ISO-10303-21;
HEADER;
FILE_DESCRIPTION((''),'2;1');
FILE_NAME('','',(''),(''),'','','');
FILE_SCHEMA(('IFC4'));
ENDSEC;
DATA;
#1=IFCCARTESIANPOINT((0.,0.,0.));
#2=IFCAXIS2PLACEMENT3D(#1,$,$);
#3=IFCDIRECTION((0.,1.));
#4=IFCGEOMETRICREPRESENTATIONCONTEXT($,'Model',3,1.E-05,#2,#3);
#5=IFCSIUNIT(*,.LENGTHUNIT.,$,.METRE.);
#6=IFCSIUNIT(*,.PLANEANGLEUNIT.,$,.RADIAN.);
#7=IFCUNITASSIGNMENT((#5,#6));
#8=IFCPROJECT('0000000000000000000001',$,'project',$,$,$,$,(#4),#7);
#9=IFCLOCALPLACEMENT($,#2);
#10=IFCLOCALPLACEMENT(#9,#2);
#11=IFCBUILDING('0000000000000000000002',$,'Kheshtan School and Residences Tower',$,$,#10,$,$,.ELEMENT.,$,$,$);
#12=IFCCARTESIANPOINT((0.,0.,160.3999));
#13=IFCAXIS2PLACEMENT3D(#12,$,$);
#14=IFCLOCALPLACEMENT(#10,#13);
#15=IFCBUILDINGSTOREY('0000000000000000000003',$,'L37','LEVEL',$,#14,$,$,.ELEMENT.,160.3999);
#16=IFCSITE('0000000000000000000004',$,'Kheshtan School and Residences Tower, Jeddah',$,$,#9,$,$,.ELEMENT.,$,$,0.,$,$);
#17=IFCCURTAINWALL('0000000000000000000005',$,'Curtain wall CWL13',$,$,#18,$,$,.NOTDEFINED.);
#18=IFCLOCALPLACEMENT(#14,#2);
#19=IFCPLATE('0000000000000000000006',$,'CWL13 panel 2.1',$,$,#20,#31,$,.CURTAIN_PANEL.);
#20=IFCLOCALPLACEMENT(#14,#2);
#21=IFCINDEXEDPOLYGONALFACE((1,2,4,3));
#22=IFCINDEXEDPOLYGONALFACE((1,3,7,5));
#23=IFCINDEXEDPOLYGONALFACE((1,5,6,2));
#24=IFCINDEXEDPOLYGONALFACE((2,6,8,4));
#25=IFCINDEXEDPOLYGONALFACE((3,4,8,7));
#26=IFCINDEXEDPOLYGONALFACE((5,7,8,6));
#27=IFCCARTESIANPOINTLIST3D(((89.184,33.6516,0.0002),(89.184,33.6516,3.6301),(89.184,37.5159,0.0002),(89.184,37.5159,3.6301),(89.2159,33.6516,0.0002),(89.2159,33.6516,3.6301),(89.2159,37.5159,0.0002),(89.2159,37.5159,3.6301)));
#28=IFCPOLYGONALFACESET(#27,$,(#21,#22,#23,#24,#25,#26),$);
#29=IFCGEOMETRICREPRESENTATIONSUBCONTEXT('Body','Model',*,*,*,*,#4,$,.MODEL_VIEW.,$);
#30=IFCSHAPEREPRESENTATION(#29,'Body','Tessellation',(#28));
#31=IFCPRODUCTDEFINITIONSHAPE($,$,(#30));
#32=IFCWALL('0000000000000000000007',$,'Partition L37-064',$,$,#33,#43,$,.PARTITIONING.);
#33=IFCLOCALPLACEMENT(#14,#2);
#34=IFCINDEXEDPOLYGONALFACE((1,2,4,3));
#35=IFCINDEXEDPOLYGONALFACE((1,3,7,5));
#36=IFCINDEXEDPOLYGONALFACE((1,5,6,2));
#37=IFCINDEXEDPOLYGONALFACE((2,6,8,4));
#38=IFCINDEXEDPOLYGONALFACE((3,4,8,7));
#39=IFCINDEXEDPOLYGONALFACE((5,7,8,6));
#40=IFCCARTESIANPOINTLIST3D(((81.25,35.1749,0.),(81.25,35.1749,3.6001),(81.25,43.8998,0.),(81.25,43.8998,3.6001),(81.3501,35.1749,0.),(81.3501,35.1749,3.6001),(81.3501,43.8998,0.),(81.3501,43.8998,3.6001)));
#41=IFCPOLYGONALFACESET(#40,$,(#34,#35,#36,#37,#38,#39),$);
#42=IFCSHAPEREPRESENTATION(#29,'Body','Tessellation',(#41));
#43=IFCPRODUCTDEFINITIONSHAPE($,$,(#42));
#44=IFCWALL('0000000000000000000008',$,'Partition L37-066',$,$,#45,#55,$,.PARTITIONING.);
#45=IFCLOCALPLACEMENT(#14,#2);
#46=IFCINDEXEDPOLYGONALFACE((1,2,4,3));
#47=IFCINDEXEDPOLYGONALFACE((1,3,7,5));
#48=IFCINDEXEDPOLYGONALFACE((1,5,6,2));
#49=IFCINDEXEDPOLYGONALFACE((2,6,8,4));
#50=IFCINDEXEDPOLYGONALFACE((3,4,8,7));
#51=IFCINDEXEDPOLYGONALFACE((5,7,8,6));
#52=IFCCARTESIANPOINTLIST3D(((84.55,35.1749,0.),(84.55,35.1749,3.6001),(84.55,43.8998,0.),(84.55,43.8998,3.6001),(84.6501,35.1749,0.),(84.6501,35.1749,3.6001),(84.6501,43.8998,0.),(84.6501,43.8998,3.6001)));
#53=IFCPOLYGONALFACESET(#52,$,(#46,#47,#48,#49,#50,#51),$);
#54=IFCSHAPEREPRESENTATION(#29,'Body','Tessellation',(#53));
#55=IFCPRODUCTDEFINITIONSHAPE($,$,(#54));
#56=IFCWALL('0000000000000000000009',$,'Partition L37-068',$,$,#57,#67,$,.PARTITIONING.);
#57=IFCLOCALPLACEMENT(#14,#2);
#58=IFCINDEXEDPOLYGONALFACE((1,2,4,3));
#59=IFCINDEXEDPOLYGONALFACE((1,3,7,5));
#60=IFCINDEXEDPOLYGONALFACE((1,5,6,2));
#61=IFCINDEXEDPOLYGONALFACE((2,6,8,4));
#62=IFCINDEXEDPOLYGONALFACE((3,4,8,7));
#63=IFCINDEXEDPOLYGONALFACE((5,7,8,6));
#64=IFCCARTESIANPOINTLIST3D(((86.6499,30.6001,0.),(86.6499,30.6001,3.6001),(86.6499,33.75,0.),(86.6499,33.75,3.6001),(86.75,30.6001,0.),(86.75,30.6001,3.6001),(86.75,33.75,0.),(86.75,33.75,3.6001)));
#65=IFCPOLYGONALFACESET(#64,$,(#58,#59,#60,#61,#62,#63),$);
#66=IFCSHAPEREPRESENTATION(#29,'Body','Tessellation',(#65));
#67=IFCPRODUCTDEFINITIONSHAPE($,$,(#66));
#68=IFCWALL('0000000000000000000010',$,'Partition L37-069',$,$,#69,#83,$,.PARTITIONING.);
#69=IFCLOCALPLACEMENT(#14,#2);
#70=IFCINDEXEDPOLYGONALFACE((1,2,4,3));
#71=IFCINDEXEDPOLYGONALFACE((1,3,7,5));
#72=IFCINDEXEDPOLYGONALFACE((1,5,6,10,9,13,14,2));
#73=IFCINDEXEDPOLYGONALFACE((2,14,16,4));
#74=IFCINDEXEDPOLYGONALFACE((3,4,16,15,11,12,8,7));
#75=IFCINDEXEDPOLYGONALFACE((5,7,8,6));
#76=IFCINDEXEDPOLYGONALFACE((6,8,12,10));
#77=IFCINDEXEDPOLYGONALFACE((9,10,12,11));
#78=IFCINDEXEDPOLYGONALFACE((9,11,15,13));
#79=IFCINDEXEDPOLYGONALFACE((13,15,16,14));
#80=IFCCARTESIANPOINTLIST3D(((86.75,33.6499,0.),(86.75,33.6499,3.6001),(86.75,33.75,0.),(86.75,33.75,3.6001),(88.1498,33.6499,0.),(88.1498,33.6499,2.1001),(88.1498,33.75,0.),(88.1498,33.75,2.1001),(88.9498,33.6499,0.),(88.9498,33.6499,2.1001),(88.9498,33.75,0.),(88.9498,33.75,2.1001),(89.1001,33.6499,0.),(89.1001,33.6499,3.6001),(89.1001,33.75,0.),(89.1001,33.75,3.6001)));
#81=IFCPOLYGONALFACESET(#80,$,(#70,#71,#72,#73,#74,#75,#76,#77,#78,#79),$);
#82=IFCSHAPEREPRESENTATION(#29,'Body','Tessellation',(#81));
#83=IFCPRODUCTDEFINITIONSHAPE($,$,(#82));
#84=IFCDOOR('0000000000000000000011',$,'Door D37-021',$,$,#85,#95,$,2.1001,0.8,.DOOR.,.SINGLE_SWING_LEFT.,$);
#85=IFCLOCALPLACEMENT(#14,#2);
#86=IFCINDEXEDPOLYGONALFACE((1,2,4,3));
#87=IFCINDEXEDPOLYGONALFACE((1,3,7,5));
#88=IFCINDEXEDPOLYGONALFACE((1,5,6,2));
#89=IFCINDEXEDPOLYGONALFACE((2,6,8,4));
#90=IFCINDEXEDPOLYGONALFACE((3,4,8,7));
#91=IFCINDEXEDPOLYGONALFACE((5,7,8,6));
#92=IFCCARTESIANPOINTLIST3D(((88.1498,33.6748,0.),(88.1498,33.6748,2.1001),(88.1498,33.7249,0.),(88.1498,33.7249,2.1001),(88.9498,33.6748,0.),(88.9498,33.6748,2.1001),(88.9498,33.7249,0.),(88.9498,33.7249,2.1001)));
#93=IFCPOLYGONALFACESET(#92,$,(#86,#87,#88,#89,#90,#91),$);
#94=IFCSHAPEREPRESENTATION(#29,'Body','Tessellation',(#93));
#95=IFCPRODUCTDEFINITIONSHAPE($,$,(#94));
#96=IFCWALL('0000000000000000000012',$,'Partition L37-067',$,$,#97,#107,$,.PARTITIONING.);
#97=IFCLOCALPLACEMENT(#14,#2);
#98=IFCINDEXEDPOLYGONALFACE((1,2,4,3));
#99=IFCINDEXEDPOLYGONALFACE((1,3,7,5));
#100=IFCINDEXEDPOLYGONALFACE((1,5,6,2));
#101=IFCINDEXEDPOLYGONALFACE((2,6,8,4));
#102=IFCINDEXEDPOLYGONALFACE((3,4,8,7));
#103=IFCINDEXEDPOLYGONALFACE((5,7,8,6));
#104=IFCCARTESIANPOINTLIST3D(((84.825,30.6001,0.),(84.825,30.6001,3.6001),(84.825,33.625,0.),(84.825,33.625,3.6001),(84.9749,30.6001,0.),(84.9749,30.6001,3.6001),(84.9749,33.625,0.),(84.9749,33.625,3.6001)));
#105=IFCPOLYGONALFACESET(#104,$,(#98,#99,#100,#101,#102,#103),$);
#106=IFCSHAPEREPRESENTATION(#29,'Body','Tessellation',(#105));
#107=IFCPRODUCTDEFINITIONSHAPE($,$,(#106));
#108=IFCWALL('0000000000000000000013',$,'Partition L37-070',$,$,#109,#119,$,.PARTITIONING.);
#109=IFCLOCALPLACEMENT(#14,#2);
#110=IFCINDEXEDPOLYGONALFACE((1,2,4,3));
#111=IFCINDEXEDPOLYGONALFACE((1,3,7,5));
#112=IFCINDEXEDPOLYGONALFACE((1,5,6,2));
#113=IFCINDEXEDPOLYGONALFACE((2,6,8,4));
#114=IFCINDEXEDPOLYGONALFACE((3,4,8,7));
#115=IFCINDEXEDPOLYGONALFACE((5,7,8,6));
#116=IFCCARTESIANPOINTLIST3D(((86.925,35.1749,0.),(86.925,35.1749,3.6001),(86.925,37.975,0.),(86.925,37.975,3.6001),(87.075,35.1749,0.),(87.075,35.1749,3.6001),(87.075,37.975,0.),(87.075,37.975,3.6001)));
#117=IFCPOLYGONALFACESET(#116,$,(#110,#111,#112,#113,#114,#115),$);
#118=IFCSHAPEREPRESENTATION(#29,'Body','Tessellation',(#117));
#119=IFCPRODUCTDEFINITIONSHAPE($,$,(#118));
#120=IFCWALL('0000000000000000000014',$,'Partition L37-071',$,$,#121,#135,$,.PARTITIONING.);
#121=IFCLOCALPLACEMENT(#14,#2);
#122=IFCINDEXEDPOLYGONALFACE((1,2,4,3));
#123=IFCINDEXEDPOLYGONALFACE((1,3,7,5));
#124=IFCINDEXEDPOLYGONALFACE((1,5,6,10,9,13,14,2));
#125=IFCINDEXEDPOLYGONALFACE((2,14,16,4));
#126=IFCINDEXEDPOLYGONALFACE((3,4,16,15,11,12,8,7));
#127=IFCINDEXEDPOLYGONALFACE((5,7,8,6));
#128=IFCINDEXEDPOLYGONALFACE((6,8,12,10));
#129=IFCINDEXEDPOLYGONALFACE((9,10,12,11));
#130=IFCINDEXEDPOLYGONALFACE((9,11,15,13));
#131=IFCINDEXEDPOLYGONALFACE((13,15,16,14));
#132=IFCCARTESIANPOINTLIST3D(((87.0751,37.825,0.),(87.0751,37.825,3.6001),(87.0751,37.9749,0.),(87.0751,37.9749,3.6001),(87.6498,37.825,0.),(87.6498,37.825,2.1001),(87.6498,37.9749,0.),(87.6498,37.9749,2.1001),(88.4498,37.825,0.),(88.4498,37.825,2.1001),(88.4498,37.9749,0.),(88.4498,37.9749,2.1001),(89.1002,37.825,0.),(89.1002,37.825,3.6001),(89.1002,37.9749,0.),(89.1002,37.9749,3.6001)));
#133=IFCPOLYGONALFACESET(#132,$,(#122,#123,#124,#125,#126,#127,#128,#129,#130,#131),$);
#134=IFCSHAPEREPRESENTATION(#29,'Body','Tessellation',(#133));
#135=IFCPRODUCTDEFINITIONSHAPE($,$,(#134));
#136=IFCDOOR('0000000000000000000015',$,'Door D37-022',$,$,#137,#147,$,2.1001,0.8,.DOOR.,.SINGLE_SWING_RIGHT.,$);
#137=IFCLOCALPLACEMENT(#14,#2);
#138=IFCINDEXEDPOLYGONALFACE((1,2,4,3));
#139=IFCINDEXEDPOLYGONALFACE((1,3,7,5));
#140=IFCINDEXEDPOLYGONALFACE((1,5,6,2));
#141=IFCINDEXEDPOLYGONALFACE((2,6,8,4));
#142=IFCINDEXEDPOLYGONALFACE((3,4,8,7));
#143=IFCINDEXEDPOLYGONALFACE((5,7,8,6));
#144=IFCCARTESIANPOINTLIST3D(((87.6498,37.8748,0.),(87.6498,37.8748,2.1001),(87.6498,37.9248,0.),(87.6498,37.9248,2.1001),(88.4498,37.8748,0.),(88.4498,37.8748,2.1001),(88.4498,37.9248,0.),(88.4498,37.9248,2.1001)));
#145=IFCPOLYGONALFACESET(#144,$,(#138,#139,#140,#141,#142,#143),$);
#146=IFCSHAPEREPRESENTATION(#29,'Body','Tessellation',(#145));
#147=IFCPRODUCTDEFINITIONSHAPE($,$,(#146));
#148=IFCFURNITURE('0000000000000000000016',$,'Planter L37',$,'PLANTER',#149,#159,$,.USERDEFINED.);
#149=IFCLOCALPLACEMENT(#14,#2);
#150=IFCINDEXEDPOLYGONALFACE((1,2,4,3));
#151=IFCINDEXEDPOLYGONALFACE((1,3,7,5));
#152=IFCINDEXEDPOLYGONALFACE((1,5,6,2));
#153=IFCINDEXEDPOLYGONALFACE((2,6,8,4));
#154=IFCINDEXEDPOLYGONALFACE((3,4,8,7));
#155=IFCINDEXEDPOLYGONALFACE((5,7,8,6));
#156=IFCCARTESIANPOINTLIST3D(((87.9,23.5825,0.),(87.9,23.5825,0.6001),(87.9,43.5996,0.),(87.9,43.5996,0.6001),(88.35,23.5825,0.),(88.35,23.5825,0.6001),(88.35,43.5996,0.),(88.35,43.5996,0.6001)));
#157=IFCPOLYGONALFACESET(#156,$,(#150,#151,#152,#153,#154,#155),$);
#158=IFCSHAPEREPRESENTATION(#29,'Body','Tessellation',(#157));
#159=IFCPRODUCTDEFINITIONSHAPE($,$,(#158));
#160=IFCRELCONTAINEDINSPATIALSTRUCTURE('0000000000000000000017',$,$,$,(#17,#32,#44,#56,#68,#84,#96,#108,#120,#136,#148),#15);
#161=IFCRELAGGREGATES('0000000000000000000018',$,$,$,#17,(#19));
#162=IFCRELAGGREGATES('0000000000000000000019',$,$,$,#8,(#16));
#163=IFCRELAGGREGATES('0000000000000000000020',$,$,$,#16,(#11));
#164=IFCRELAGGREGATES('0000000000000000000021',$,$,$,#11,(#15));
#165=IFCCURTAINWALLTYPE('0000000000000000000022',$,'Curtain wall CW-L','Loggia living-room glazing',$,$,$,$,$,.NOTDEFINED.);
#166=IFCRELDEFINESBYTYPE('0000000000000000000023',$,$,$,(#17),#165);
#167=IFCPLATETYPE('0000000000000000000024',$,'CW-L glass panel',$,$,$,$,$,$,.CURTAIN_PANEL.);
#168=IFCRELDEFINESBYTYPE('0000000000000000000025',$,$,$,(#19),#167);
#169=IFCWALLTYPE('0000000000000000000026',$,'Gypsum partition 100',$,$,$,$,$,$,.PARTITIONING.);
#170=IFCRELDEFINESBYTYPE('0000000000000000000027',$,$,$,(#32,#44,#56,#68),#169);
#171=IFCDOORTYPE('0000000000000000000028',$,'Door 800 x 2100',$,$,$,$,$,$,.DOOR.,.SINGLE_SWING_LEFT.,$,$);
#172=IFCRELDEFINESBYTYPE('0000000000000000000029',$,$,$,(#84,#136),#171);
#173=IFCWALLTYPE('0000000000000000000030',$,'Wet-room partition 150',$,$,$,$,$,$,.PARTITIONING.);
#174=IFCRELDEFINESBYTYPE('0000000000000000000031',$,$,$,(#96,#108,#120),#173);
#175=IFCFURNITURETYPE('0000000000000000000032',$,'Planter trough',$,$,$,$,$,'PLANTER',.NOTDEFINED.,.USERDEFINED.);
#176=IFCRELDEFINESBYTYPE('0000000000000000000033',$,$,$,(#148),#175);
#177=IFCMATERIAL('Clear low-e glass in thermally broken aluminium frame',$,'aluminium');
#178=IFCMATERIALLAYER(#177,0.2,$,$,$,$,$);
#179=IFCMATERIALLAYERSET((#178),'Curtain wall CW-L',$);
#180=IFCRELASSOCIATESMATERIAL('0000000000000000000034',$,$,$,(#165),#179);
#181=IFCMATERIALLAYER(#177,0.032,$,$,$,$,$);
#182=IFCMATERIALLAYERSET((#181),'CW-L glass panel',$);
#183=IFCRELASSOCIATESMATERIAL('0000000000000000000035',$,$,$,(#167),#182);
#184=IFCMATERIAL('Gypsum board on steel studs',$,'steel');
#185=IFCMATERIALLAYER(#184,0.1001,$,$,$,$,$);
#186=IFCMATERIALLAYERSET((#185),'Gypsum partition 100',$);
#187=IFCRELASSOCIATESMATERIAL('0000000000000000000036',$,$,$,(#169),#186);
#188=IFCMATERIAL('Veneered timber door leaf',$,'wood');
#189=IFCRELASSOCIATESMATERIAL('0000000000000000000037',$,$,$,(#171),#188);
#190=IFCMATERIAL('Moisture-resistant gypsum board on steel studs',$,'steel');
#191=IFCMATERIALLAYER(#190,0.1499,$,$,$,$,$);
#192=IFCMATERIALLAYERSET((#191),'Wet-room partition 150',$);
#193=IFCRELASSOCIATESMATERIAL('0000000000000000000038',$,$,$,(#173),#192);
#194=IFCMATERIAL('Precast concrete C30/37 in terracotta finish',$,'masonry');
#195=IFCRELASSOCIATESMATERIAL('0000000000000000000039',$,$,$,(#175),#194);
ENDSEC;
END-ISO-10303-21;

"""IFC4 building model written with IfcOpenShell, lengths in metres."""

from ifc_helpers import new_model, si_unit, direction, frame, frame_2d, origin, origin_2d, place, context, subcontext, project, spatial, rectangle, extrude, source, transform, mapped, material, layer, layer_set, type_object, element, fill, aggregate, save


model = new_model("IFC4")

# Units and contexts
model_context = context("Model", 3, precision=1e-05, world=origin(), true_north=direction((0.0, 1.0)))
body_context = subcontext(model_context, "Body", "Model", "MODEL_VIEW")
ifc_project = project(units=[si_unit("LENGTHUNIT", "METRE"), si_unit("PLANEANGLEUNIT", "RADIAN")], contexts=[model_context])

# Site, building, storey
site_placement = place(None, origin())
site = spatial("IfcSite", under=ifc_project, at=site_placement, Name="Kheshtan School and Residences Tower, Jeddah", CompositionType="ELEMENT", RefElevation=0.0)
building_placement = place(site_placement, origin())
building = spatial("IfcBuilding", under=site, at=building_placement, Name="Kheshtan School and Residences Tower", CompositionType="ELEMENT")
storey_placement = place(building_placement, frame((0.0, 0.0, 160.3999)))
storey = spatial("IfcBuildingStorey", under=building, at=storey_placement, Name="L37", Description="LEVEL", CompositionType="ELEMENT", Elevation=160.3999)

# Curtain wall
ifc_material_1 = material(Name="Clear low-e glass in thermally broken aluminium frame", Category="aluminium")
ifc_layer_1 = layer(ifc_material_1, 0.2)
ifc_layer_set_1 = layer_set([ifc_layer_1], Name="Curtain wall CW-L")
curtain_wall_type = type_object("IfcCurtainWallType", Name="Curtain wall CW-L", Description="Loggia living-room glazing", PredefinedType="NOTDEFINED", material=ifc_layer_set_1)
curtain_wall_1_placement = place(storey_placement, origin())
curtain_wall_1 = element("IfcCurtainWall", 1, at=curtain_wall_1_placement, inside=storey, type_object=curtain_wall_type, Name="Curtain wall CWL13", PredefinedType="NOTDEFINED")

# Plate
ifc_layer_2 = layer(ifc_material_1, 0.032)
ifc_layer_set_2 = layer_set([ifc_layer_2], Name="CW-L glass panel")
plate_type = type_object("IfcPlateType", Name="CW-L glass panel", PredefinedType="CURTAIN_PANEL", material=ifc_layer_set_2)
plate_1_placement = place(storey_placement, frame((89.2, 35.5837, 0.0002), z_axis=(0.0, 0.0, 1.0), x_axis=(0.0, -1.0, 0.0)))
plate_1 = element("IfcPlate", 2, at=plate_1_placement, type_object=plate_type, Name="CWL13 panel 2.1", PredefinedType="CURTAIN_PANEL", context=body_context, shape_type="SweptSolid", body=[
    extrude(rectangle(XDim=3.8643, YDim=0.032, at=origin_2d()), origin(), (0.0, 0.0, 1.0), 3.6299),
])
aggregate(curtain_wall_1, [plate_1])

# Walls
ifc_material_2 = material(Name="Gypsum board on steel studs", Category="steel")
ifc_layer_3 = layer(ifc_material_2, 0.1001)
ifc_layer_set_3 = layer_set([ifc_layer_3], Name="Gypsum partition 100")
wall_type_1 = type_object("IfcWallType", Name="Gypsum partition 100", PredefinedType="PARTITIONING", material=ifc_layer_set_3)
for number, where, z_axis, x_axis, name in (
    (3, (81.3, 35.175, 0.0), (0.0, 0.0, 1.0), (0.0, 1.0, 0.0), "Partition L37-064"),
    (4, (84.6001, 35.175, 0.0), (0.0, 0.0, 1.0), (0.0, 1.0, 0.0), "Partition L37-066"),
):
    element("IfcWall", number, at=place(storey_placement, frame(where, z_axis=z_axis, x_axis=x_axis)), inside=storey, type_object=wall_type_1, Name=name, PredefinedType="PARTITIONING", context=body_context, shape_type="SweptSolid", body=[
        extrude(rectangle(XDim=8.7249, YDim=0.1001, at=frame_2d((4.3623, 0.0))), origin(), (0.0, 0.0, 1.0), 3.6001),
    ])
wall_1_placement = place(storey_placement, frame((86.7, 30.6001, 0.0), z_axis=(0.0, 0.0, 1.0), x_axis=(0.0, 1.0, 0.0)))
element("IfcWall", 5, at=wall_1_placement, inside=storey, type_object=wall_type_1, Name="Partition L37-068", PredefinedType="PARTITIONING", context=body_context, shape_type="SweptSolid", body=[
    extrude(rectangle(XDim=3.1499, YDim=0.1001, at=frame_2d((1.575, 0.0))), origin(), (0.0, 0.0, 1.0), 3.6001),
])

# Wall, opening, door
wall_2_placement = place(storey_placement, frame((86.75, 33.7, 0.0), z_axis=(0.0, 0.0, 1.0), x_axis=(1.0, 0.0, 0.0)))
wall_2 = element("IfcWall", 6, at=wall_2_placement, inside=storey, type_object=wall_type_1, Name="Partition L37-069", PredefinedType="PARTITIONING", context=body_context, shape_type="SweptSolid", body=[
    extrude(rectangle(XDim=2.3501, YDim=0.1001, at=frame_2d((1.175, 0.0))), origin(), (0.0, 0.0, 1.0), 3.6001),
])
opening_1_placement = place(wall_2_placement, frame((1.3999, 0.0, 0.0)))
opening_1 = element("IfcOpeningElement", 7, at=opening_1_placement, cuts=wall_2, PredefinedType="OPENING", context=body_context, shape_type="SweptSolid", body=[
    extrude(rectangle(XDim=0.8, YDim=2.1001, at=frame_2d((0.3999, 1.05))), frame((0.0, 0.0601, 0.0), z_axis=(0.0, -1.0, 0.0), x_axis=(1.0, 0.0, 0.0)), (0.0, 0.0, 1.0), 0.1201),
])
ifc_material_3 = material(Name="Veneered timber door leaf", Category="wood")
door_type_1 = type_object("IfcDoorType", Name="Door 800 x 2100", OperationType="SINGLE_SWING_LEFT", PredefinedType="DOOR", material=ifc_material_3)
shared_shape_1 = source(origin(), body_context, "Body", "SweptSolid", [
    extrude(rectangle(XDim=0.8, YDim=2.1001, at=frame_2d((0.3999, 1.05))), frame((0.0, 0.0249, 0.0), z_axis=(0.0, -1.0, 0.0), x_axis=(1.0, 0.0, 0.0)), (0.0, 0.0, 1.0), 0.05),
])
door_1_placement = place(opening_1_placement, origin())
door_1 = element("IfcDoor", 8, at=door_1_placement, inside=storey, type_object=door_type_1, Name="Door D37-021", OperationType="SINGLE_SWING_LEFT", OverallHeight=2.1001, OverallWidth=0.8, PredefinedType="DOOR", context=body_context, shape_type="MappedRepresentation", body=[
    mapped(shared_shape_1, transform((0.0, 0.0, 0.0), x_axis=(1.0, 0.0, 0.0), y_axis=(0.0, 1.0, 0.0), z_axis=(0.0, 0.0, 1.0), scale=1.0)),
])
fill(opening_1, door_1)

# Walls
ifc_material_4 = material(Name="Moisture-resistant gypsum board on steel studs", Category="steel")
ifc_layer_4 = layer(ifc_material_4, 0.1499)
ifc_layer_set_4 = layer_set([ifc_layer_4], Name="Wet-room partition 150")
wall_type_2 = type_object("IfcWallType", Name="Wet-room partition 150", PredefinedType="PARTITIONING", material=ifc_layer_set_4)
wall_3_placement = place(storey_placement, frame((84.8999, 30.6001, 0.0), z_axis=(0.0, 0.0, 1.0), x_axis=(0.0, 1.0, 0.0)))
element("IfcWall", 9, at=wall_3_placement, inside=storey, type_object=wall_type_2, Name="Partition L37-067", PredefinedType="PARTITIONING", context=body_context, shape_type="SweptSolid", body=[
    extrude(rectangle(XDim=3.0249, YDim=0.1499, at=frame_2d((1.5125, 0.0))), origin(), (0.0, 0.0, 1.0), 3.6001),
])
wall_4_placement = place(storey_placement, frame((87.0, 35.175, 0.0), z_axis=(0.0, 0.0, 1.0), x_axis=(0.0, 1.0, 0.0)))
element("IfcWall", 10, at=wall_4_placement, inside=storey, type_object=wall_type_2, Name="Partition L37-070", PredefinedType="PARTITIONING", context=body_context, shape_type="SweptSolid", body=[
    extrude(rectangle(XDim=2.8, YDim=0.1499, at=frame_2d((1.3999, 0.0))), origin(), (0.0, 0.0, 1.0), 3.6001),
])

# Wall, opening, door
wall_5_placement = place(storey_placement, frame((87.075, 37.8999, 0.0), z_axis=(0.0, 0.0, 1.0), x_axis=(1.0, 0.0, 0.0)))
wall_5 = element("IfcWall", 11, at=wall_5_placement, inside=storey, type_object=wall_type_2, Name="Partition L37-071", PredefinedType="PARTITIONING", context=body_context, shape_type="SweptSolid", body=[
    extrude(rectangle(XDim=2.0251, YDim=0.1499, at=frame_2d((1.0127, 0.0))), origin(), (0.0, 0.0, 1.0), 3.6001),
])
opening_2_placement = place(wall_5_placement, frame((0.575, 0.0, 0.0)))
opening_2 = element("IfcOpeningElement", 12, at=opening_2_placement, cuts=wall_5, PredefinedType="OPENING", context=body_context, shape_type="SweptSolid", body=[
    extrude(rectangle(XDim=0.8, YDim=2.1001, at=frame_2d((0.3999, 1.05))), frame((0.0, 0.085, 0.0), z_axis=(0.0, -1.0, 0.0), x_axis=(1.0, 0.0, 0.0)), (0.0, 0.0, 1.0), 0.1699),
])
door_2_placement = place(opening_2_placement, origin())
door_2 = element("IfcDoor", 13, at=door_2_placement, inside=storey, type_object=door_type_1, Name="Door D37-022", OperationType="SINGLE_SWING_RIGHT", OverallHeight=2.1001, OverallWidth=0.8, PredefinedType="DOOR", context=body_context, shape_type="MappedRepresentation", body=[
    mapped(shared_shape_1, transform((0.0, 0.0, 0.0), x_axis=(1.0, 0.0, 0.0), y_axis=(0.0, 1.0, 0.0), z_axis=(0.0, 0.0, 1.0), scale=1.0)),
])
fill(opening_2, door_2)

# Furniture
ifc_material_5 = material(Name="Precast concrete C30/37 in terracotta finish", Category="masonry")
furniture_type = type_object("IfcFurnitureType", Name="Planter trough", ElementType="PLANTER", AssemblyPlace="NOTDEFINED", PredefinedType="USERDEFINED", material=ifc_material_5)
furniture_placement = place(storey_placement, frame((88.125, 33.5911, 0.0), z_axis=(0.0, 0.0, 1.0), x_axis=(0.0, -1.0, 0.0)))
element("IfcFurniture", 14, at=furniture_placement, inside=storey, type_object=furniture_type, Name="Planter L37", ObjectType="PLANTER", PredefinedType="USERDEFINED", context=body_context, shape_type="SweptSolid", body=[
    extrude(rectangle(XDim=20.0171, YDim=0.45, at=origin_2d()), origin(), (0.0, 0.0, 1.0), 0.6001),
])

save(model, "model.ifc")
